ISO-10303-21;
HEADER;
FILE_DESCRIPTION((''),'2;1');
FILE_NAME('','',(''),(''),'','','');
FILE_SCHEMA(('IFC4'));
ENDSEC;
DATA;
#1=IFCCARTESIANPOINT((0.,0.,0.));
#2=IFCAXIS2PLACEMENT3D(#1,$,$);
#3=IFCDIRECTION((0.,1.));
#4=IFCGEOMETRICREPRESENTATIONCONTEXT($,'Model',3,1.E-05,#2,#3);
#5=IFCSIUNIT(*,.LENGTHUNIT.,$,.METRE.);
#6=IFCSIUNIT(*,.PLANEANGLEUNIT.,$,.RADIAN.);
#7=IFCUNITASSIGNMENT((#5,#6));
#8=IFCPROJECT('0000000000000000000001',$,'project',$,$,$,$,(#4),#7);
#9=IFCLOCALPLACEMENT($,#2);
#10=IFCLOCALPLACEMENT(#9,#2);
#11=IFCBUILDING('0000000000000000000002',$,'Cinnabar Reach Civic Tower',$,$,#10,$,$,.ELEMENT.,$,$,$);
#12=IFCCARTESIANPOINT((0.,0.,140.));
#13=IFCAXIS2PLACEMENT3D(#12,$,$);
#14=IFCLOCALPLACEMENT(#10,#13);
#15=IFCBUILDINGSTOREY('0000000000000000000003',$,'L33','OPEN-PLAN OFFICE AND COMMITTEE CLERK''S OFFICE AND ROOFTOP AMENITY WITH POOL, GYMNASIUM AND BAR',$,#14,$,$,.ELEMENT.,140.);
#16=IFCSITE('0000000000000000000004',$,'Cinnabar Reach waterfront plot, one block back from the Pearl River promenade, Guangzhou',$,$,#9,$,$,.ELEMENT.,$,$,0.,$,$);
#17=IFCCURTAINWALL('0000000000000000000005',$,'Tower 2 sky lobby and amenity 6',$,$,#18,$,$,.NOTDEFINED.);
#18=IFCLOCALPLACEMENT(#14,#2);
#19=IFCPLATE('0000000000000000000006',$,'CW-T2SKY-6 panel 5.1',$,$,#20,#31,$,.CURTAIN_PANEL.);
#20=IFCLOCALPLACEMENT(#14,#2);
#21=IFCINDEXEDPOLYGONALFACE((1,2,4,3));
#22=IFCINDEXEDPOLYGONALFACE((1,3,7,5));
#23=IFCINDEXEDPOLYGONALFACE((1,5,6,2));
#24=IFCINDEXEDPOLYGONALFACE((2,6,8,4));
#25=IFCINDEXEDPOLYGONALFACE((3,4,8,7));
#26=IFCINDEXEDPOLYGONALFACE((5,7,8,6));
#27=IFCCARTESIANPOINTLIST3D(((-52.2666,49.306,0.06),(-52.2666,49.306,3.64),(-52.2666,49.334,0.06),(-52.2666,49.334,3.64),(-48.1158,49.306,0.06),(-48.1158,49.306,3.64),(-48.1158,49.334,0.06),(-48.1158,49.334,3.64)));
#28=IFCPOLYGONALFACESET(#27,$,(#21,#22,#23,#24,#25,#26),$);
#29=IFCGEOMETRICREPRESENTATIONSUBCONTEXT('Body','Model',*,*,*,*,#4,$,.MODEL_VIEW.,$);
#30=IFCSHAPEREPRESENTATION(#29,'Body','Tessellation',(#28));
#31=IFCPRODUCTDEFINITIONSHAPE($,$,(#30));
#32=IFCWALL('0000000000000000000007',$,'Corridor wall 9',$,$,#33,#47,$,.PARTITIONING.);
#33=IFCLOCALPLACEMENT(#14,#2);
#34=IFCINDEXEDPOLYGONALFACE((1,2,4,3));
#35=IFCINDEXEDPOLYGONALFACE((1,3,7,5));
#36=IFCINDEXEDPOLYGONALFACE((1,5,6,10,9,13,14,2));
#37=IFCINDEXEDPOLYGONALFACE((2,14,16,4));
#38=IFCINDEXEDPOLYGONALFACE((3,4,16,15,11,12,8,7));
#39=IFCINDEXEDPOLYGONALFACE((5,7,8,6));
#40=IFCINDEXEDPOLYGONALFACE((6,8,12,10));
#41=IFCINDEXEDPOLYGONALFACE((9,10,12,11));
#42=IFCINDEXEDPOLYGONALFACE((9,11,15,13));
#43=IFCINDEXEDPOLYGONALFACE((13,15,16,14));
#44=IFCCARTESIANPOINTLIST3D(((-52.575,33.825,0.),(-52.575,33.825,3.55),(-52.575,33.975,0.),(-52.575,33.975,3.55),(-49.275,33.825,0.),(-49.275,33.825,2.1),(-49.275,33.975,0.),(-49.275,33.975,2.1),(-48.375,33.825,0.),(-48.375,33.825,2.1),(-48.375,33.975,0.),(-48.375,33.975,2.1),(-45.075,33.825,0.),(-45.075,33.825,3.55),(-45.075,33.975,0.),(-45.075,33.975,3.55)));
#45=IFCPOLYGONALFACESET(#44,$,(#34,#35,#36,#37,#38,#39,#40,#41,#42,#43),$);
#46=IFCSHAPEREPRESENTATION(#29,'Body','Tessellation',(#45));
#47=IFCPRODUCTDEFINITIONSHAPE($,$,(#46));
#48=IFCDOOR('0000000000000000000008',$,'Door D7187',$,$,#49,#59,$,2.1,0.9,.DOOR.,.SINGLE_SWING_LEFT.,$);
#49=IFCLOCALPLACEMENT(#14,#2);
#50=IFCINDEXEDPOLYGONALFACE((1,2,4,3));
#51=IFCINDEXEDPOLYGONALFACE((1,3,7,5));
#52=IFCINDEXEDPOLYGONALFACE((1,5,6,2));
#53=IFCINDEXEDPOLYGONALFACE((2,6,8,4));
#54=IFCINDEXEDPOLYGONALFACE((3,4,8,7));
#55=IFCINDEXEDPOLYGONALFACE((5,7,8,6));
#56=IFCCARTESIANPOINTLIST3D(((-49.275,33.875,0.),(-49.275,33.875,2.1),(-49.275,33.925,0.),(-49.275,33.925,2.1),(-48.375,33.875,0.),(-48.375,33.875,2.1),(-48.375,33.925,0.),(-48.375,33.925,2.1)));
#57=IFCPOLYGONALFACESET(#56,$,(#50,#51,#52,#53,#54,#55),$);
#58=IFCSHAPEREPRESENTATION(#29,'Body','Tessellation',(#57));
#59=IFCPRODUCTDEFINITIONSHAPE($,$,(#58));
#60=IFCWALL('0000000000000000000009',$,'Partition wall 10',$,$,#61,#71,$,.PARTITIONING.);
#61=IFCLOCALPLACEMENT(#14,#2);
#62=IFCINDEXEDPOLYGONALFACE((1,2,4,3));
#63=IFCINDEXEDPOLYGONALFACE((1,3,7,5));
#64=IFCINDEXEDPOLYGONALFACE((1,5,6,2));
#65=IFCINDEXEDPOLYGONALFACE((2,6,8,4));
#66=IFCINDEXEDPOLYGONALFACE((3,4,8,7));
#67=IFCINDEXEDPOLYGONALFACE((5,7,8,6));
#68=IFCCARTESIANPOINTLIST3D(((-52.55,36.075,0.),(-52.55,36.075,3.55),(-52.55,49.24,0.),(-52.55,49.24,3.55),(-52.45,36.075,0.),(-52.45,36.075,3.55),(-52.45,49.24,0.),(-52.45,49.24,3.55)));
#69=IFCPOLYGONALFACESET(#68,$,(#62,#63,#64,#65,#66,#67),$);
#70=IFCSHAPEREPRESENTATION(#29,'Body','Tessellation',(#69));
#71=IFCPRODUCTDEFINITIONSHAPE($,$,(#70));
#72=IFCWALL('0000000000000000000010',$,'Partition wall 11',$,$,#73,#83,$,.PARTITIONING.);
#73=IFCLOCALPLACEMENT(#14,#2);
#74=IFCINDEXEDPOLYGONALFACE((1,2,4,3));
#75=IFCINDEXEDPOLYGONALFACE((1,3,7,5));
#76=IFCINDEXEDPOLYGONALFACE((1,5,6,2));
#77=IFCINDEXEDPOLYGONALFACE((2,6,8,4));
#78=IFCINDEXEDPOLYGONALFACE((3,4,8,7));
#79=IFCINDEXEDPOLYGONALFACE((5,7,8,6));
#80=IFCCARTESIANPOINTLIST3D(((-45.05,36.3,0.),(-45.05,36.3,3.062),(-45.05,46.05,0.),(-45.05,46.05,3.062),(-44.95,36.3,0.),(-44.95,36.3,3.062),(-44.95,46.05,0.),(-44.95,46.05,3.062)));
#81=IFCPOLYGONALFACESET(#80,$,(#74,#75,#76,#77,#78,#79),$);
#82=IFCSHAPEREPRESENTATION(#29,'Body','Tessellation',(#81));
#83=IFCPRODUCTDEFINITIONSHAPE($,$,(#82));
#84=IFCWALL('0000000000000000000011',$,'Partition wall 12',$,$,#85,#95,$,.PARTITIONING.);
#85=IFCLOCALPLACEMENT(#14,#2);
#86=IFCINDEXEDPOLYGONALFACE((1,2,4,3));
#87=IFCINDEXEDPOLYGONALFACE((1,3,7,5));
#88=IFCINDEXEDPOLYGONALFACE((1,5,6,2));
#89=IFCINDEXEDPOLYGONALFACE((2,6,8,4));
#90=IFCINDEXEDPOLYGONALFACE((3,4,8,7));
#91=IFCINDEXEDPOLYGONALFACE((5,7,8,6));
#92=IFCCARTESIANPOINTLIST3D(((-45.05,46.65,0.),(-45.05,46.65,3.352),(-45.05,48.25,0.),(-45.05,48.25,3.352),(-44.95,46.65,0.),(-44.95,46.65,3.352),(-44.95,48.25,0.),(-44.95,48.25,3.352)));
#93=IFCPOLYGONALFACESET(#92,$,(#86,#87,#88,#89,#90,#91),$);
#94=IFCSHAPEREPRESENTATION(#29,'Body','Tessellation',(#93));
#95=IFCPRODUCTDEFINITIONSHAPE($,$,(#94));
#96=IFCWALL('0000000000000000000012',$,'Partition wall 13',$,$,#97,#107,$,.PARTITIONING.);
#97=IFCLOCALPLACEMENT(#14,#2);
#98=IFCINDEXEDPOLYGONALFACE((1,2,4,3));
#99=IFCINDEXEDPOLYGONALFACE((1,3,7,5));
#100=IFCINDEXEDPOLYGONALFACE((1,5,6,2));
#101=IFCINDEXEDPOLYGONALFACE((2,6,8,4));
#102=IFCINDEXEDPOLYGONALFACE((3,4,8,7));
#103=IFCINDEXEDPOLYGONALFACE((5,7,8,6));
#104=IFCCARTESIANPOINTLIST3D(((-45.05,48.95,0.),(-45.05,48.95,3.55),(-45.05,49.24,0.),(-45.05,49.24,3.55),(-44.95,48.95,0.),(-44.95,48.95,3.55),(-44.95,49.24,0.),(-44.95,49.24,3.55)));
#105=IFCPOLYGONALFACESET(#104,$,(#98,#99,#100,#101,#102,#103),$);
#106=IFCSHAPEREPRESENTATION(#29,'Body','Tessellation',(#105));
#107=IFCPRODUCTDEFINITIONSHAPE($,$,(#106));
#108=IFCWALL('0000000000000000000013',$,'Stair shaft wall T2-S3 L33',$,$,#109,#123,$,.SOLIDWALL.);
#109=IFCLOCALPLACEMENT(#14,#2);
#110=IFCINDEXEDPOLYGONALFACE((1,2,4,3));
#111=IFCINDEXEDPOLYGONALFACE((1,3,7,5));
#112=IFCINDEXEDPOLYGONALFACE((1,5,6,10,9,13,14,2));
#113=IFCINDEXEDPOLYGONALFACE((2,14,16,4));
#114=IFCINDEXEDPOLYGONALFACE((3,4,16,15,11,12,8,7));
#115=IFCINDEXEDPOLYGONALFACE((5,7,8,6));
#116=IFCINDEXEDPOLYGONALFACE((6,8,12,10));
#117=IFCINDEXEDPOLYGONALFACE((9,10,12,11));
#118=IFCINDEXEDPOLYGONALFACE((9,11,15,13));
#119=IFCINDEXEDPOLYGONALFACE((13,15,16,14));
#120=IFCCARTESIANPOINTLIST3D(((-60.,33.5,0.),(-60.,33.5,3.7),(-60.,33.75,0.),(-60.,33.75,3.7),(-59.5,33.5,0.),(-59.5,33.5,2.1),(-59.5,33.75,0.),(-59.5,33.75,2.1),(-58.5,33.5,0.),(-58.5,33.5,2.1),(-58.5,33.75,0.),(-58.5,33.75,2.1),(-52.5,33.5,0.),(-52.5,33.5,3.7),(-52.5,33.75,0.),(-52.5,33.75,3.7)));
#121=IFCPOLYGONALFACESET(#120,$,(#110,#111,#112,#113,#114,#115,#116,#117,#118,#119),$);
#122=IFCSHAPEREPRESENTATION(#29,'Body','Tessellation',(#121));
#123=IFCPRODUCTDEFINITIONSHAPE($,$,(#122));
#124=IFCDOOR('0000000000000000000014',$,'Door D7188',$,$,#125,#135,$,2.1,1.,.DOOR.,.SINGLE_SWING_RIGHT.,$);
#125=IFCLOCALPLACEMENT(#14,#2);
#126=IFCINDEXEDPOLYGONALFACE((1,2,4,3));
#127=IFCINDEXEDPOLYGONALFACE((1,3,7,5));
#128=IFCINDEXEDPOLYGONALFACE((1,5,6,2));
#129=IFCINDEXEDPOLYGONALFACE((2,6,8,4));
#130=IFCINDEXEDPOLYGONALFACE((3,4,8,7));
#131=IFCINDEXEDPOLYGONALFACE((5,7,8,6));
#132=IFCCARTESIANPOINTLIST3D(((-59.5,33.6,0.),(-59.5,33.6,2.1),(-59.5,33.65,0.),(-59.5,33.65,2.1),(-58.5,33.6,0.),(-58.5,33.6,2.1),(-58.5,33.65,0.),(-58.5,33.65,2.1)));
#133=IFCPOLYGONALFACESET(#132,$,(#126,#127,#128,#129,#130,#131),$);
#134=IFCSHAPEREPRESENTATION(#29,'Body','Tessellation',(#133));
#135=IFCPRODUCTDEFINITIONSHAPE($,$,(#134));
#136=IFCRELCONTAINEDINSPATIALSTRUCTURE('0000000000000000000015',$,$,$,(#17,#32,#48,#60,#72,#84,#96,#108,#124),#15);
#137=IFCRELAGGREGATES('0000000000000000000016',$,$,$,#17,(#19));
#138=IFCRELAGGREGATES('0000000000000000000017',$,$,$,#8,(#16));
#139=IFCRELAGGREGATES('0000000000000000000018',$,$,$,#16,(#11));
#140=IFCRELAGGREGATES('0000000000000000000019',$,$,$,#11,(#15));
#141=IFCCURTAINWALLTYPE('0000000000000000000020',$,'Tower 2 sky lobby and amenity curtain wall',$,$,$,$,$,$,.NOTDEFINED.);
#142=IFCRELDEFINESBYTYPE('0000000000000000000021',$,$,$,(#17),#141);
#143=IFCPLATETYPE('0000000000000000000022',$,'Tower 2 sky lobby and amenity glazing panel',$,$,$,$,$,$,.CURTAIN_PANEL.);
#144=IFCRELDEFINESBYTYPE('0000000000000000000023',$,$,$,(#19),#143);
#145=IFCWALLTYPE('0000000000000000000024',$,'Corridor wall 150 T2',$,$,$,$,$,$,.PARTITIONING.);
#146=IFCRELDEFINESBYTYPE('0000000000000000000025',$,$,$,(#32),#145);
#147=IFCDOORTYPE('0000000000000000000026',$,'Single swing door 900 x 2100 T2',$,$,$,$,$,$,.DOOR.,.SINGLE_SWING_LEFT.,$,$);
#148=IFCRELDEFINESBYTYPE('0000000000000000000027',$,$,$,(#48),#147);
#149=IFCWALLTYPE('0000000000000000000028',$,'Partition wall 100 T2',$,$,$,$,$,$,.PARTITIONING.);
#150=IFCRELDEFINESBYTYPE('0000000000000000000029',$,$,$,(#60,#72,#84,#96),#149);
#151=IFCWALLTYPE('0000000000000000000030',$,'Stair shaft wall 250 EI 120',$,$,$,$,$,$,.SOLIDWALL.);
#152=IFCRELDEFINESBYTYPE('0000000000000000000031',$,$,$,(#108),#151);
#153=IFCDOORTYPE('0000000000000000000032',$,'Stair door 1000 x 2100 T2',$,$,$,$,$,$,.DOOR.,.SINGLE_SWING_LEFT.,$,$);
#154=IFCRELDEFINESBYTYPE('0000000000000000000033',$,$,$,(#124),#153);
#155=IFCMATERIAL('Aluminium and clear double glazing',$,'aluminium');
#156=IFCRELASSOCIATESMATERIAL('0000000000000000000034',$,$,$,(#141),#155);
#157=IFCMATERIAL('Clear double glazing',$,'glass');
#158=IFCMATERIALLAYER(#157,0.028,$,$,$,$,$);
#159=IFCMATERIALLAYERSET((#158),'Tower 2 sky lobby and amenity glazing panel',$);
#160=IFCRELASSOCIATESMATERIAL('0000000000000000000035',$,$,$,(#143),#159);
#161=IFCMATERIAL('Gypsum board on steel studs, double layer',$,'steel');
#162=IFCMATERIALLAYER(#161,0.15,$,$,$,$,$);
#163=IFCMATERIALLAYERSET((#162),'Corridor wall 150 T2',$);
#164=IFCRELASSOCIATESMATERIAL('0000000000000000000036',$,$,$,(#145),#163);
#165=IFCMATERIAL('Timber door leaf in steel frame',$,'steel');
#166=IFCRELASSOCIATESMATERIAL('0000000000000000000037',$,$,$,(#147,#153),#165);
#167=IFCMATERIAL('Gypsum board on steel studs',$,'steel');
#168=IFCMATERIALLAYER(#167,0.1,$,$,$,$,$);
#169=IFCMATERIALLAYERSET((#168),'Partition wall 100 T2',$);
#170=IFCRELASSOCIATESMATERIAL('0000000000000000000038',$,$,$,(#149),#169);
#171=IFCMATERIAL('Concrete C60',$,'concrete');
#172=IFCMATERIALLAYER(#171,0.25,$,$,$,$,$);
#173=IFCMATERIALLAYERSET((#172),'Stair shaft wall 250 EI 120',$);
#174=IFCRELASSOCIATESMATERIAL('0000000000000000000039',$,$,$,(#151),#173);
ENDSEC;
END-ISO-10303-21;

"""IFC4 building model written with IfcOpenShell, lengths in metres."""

from ifc_helpers import new_model, si_unit, direction, frame, frame_2d, origin, origin_2d, place, context, subcontext, project, spatial, rectangle, extrude, material, layer, layer_set, type_object, element, fill, aggregate, save


model = new_model("IFC4")

# Units and contexts
model_context = context("Model", 3, precision=1e-05, world=origin(), true_north=direction((0.0, 1.0)))
body_context = subcontext(model_context, "Body", "Model", "MODEL_VIEW")
ifc_project = project(units=[si_unit("LENGTHUNIT", "METRE"), si_unit("PLANEANGLEUNIT", "RADIAN")], contexts=[model_context])

# Site, building, storey
site_placement = place(None, origin())
site = spatial("IfcSite", under=ifc_project, at=site_placement, Name="Cinnabar Reach waterfront plot, one block back from the Pearl River promenade, Guangzhou", CompositionType="ELEMENT", RefElevation=0.0)
building_placement = place(site_placement, origin())
building = spatial("IfcBuilding", under=site, at=building_placement, Name="Cinnabar Reach Civic Tower", CompositionType="ELEMENT")
storey_placement = place(building_placement, frame((0.0, 0.0, 140.0)))
storey = spatial("IfcBuildingStorey", under=building, at=storey_placement, Name="L33", Description="OPEN-PLAN OFFICE AND COMMITTEE CLERK'S OFFICE AND ROOFTOP AMENITY WITH POOL, GYMNASIUM AND BAR", CompositionType="ELEMENT", Elevation=140.0)

# Shared definitions
ifc_material_1 = material(Name="Concrete C60", Category="concrete")

# Curtain wall, plate
ifc_material_2 = material(Name="Aluminium and clear double glazing", Category="aluminium")
curtain_wall_type = type_object("IfcCurtainWallType", Name="Tower 2 sky lobby and amenity curtain wall", PredefinedType="NOTDEFINED", material=ifc_material_2)
curtain_wall_placement = place(storey_placement, origin())
curtain_wall = element("IfcCurtainWall", 1, at=curtain_wall_placement, inside=storey, type_object=curtain_wall_type, Name="Tower 2 sky lobby and amenity 6", PredefinedType="NOTDEFINED")
ifc_material_3 = material(Name="Clear double glazing", Category="glass")
ifc_layer_1 = layer(ifc_material_3, 0.028)
ifc_layer_set_1 = layer_set([ifc_layer_1], Name="Tower 2 sky lobby and amenity glazing panel")
plate_type = type_object("IfcPlateType", Name="Tower 2 sky lobby and amenity glazing panel", PredefinedType="CURTAIN_PANEL", material=ifc_layer_set_1)
plate_1_placement = place(storey_placement, frame((-50.1912, 49.32, 0.06), z_axis=(0.0, 0.0, 1.0), x_axis=(-1.0, 0.0, 0.0)))
plate_1 = element("IfcPlate", 2, at=plate_1_placement, type_object=plate_type, Name="CW-T2SKY-6 panel 5.1", PredefinedType="CURTAIN_PANEL", context=body_context, shape_type="SweptSolid", body=[
    extrude(rectangle(XDim=4.1508, YDim=0.028, at=origin_2d()), origin(), (0.0, 0.0, 1.0), 3.58),
])
aggregate(curtain_wall, [plate_1])

# Wall, opening, door
ifc_material_4 = material(Name="Gypsum board on steel studs, double layer", Category="steel")
ifc_layer_2 = layer(ifc_material_4, 0.15)
ifc_layer_set_2 = layer_set([ifc_layer_2], Name="Corridor wall 150 T2")
wall_type_1 = type_object("IfcWallType", Name="Corridor wall 150 T2", PredefinedType="PARTITIONING", material=ifc_layer_set_2)
wall_1_placement = place(storey_placement, frame((-52.575, 33.9, 0.0), z_axis=(0.0, 0.0, 1.0), x_axis=(1.0, 0.0, 0.0)))
wall_1 = element("IfcWall", 3, at=wall_1_placement, inside=storey, type_object=wall_type_1, Name="Corridor wall 9", PredefinedType="PARTITIONING", context=body_context, shape_type="SweptSolid", body=[
    extrude(rectangle(XDim=7.5, YDim=0.15, at=frame_2d((3.75, 0.0))), origin(), (0.0, 0.0, 1.0), 3.55),
])
opening_1_placement = place(wall_1_placement, frame((3.3, 0.0, 0.0)))
opening_1 = element("IfcOpeningElement", 4, at=opening_1_placement, cuts=wall_1, PredefinedType="OPENING", context=body_context, shape_type="SweptSolid", body=[
    extrude(rectangle(XDim=0.9, YDim=2.1, at=frame_2d((0.45, 1.05))), frame((0.0, 0.085, 0.0), z_axis=(0.0, -1.0, 0.0), x_axis=(1.0, 0.0, 0.0)), (0.0, 0.0, 1.0), 0.17),
])
ifc_material_5 = material(Name="Timber door leaf in steel frame", Category="steel")
door_type_1 = type_object("IfcDoorType", Name="Single swing door 900 x 2100 T2", OperationType="SINGLE_SWING_LEFT", PredefinedType="DOOR", material=ifc_material_5)
door_1_placement = place(opening_1_placement, frame((0.9, 0.0, 0.0), z_axis=(0.0, 0.0, 1.0), x_axis=(-1.0, 0.0, 0.0)))
door_1 = element("IfcDoor", 5, at=door_1_placement, inside=storey, type_object=door_type_1, Name="Door D7187", OperationType="SINGLE_SWING_LEFT", OverallHeight=2.1, OverallWidth=0.9, PredefinedType="DOOR", context=body_context, shape_type="SweptSolid", body=[
    extrude(rectangle(XDim=0.9, YDim=2.1, at=frame_2d((0.45, 1.05))), frame((0.0, 0.025, 0.0), z_axis=(0.0, -1.0, 0.0), x_axis=(1.0, 0.0, 0.0)), (0.0, 0.0, 1.0), 0.05),
])
fill(opening_1, door_1)

# Walls
ifc_material_6 = material(Name="Gypsum board on steel studs", Category="steel")
ifc_layer_3 = layer(ifc_material_6, 0.1)
ifc_layer_set_3 = layer_set([ifc_layer_3], Name="Partition wall 100 T2")
wall_type_2 = type_object("IfcWallType", Name="Partition wall 100 T2", PredefinedType="PARTITIONING", material=ifc_layer_set_3)
wall_2_placement = place(storey_placement, frame((-52.5, 36.075, 0.0), z_axis=(0.0, 0.0, 1.0), x_axis=(0.0, 1.0, 0.0)))
element("IfcWall", 6, at=wall_2_placement, inside=storey, type_object=wall_type_2, Name="Partition wall 10", PredefinedType="PARTITIONING", context=body_context, shape_type="SweptSolid", body=[
    extrude(rectangle(XDim=13.165, YDim=0.1, at=frame_2d((6.5825, 0.0))), origin(), (0.0, 0.0, 1.0), 3.55),
])
wall_3_placement = place(storey_placement, frame((-45.0, 36.3, 0.0), z_axis=(0.0, 0.0, 1.0), x_axis=(0.0, 1.0, 0.0)))
element("IfcWall", 7, at=wall_3_placement, inside=storey, type_object=wall_type_2, Name="Partition wall 11", PredefinedType="PARTITIONING", context=body_context, shape_type="SweptSolid", body=[
    extrude(rectangle(XDim=9.75, YDim=0.1, at=frame_2d((4.875, 0.0))), origin(), (0.0, 0.0, 1.0), 3.062),
])
wall_4_placement = place(storey_placement, frame((-45.0, 46.65, 0.0), z_axis=(0.0, 0.0, 1.0), x_axis=(0.0, 1.0, 0.0)))
element("IfcWall", 8, at=wall_4_placement, inside=storey, type_object=wall_type_2, Name="Partition wall 12", PredefinedType="PARTITIONING", context=body_context, shape_type="SweptSolid", body=[
    extrude(rectangle(XDim=1.6, YDim=0.1, at=frame_2d((0.8, 0.0))), origin(), (0.0, 0.0, 1.0), 3.352),
])
wall_5_placement = place(storey_placement, frame((-45.0, 48.95, 0.0), z_axis=(0.0, 0.0, 1.0), x_axis=(0.0, 1.0, 0.0)))
element("IfcWall", 9, at=wall_5_placement, inside=storey, type_object=wall_type_2, Name="Partition wall 13", PredefinedType="PARTITIONING", context=body_context, shape_type="SweptSolid", body=[
    extrude(rectangle(XDim=0.29, YDim=0.1, at=frame_2d((0.145, 0.0))), origin(), (0.0, 0.0, 1.0), 3.55),
])

# Wall, opening, door
ifc_layer_4 = layer(ifc_material_1, 0.25)
ifc_layer_set_4 = layer_set([ifc_layer_4], Name="Stair shaft wall 250 EI 120")
wall_type_3 = type_object("IfcWallType", Name="Stair shaft wall 250 EI 120", PredefinedType="SOLIDWALL", material=ifc_layer_set_4)
wall_6_placement = place(storey_placement, frame((-52.5, 33.625, 0.0), z_axis=(0.0, 0.0, 1.0), x_axis=(-1.0, 0.0, 0.0)))
wall_6 = element("IfcWall", 10, at=wall_6_placement, inside=storey, type_object=wall_type_3, Name="Stair shaft wall T2-S3 L33", PredefinedType="SOLIDWALL", context=body_context, shape_type="SweptSolid", body=[
    extrude(rectangle(XDim=7.5, YDim=0.25, at=frame_2d((3.75, 0.0))), origin(), (0.0, 0.0, 1.0), 3.7),
])
opening_2_placement = place(wall_6_placement, frame((6.0, 0.0, 0.0)))
opening_2 = element("IfcOpeningElement", 11, at=opening_2_placement, cuts=wall_6, PredefinedType="OPENING", context=body_context, shape_type="SweptSolid", body=[
    extrude(rectangle(XDim=1.0, YDim=2.1, at=frame_2d((0.5, 1.05))), frame((0.0, 0.135, 0.0), z_axis=(0.0, -1.0, 0.0), x_axis=(1.0, 0.0, 0.0)), (0.0, 0.0, 1.0), 0.27),
])
door_type_2 = type_object("IfcDoorType", Name="Stair door 1000 x 2100 T2", OperationType="SINGLE_SWING_LEFT", PredefinedType="DOOR", material=ifc_material_5)
door_2_placement = place(opening_2_placement, origin())
door_2 = element("IfcDoor", 12, at=door_2_placement, inside=storey, type_object=door_type_2, Name="Door D7188", OperationType="SINGLE_SWING_RIGHT", OverallHeight=2.1, OverallWidth=1.0, PredefinedType="DOOR", context=body_context, shape_type="SweptSolid", body=[
    extrude(rectangle(XDim=1.0, YDim=2.1, at=frame_2d((0.5, 1.05))), frame((0.0, 0.025, 0.0), z_axis=(0.0, -1.0, 0.0), x_axis=(1.0, 0.0, 0.0)), (0.0, 0.0, 1.0), 0.05),
])
fill(opening_2, door_2)

save(model, "model.ifc")
